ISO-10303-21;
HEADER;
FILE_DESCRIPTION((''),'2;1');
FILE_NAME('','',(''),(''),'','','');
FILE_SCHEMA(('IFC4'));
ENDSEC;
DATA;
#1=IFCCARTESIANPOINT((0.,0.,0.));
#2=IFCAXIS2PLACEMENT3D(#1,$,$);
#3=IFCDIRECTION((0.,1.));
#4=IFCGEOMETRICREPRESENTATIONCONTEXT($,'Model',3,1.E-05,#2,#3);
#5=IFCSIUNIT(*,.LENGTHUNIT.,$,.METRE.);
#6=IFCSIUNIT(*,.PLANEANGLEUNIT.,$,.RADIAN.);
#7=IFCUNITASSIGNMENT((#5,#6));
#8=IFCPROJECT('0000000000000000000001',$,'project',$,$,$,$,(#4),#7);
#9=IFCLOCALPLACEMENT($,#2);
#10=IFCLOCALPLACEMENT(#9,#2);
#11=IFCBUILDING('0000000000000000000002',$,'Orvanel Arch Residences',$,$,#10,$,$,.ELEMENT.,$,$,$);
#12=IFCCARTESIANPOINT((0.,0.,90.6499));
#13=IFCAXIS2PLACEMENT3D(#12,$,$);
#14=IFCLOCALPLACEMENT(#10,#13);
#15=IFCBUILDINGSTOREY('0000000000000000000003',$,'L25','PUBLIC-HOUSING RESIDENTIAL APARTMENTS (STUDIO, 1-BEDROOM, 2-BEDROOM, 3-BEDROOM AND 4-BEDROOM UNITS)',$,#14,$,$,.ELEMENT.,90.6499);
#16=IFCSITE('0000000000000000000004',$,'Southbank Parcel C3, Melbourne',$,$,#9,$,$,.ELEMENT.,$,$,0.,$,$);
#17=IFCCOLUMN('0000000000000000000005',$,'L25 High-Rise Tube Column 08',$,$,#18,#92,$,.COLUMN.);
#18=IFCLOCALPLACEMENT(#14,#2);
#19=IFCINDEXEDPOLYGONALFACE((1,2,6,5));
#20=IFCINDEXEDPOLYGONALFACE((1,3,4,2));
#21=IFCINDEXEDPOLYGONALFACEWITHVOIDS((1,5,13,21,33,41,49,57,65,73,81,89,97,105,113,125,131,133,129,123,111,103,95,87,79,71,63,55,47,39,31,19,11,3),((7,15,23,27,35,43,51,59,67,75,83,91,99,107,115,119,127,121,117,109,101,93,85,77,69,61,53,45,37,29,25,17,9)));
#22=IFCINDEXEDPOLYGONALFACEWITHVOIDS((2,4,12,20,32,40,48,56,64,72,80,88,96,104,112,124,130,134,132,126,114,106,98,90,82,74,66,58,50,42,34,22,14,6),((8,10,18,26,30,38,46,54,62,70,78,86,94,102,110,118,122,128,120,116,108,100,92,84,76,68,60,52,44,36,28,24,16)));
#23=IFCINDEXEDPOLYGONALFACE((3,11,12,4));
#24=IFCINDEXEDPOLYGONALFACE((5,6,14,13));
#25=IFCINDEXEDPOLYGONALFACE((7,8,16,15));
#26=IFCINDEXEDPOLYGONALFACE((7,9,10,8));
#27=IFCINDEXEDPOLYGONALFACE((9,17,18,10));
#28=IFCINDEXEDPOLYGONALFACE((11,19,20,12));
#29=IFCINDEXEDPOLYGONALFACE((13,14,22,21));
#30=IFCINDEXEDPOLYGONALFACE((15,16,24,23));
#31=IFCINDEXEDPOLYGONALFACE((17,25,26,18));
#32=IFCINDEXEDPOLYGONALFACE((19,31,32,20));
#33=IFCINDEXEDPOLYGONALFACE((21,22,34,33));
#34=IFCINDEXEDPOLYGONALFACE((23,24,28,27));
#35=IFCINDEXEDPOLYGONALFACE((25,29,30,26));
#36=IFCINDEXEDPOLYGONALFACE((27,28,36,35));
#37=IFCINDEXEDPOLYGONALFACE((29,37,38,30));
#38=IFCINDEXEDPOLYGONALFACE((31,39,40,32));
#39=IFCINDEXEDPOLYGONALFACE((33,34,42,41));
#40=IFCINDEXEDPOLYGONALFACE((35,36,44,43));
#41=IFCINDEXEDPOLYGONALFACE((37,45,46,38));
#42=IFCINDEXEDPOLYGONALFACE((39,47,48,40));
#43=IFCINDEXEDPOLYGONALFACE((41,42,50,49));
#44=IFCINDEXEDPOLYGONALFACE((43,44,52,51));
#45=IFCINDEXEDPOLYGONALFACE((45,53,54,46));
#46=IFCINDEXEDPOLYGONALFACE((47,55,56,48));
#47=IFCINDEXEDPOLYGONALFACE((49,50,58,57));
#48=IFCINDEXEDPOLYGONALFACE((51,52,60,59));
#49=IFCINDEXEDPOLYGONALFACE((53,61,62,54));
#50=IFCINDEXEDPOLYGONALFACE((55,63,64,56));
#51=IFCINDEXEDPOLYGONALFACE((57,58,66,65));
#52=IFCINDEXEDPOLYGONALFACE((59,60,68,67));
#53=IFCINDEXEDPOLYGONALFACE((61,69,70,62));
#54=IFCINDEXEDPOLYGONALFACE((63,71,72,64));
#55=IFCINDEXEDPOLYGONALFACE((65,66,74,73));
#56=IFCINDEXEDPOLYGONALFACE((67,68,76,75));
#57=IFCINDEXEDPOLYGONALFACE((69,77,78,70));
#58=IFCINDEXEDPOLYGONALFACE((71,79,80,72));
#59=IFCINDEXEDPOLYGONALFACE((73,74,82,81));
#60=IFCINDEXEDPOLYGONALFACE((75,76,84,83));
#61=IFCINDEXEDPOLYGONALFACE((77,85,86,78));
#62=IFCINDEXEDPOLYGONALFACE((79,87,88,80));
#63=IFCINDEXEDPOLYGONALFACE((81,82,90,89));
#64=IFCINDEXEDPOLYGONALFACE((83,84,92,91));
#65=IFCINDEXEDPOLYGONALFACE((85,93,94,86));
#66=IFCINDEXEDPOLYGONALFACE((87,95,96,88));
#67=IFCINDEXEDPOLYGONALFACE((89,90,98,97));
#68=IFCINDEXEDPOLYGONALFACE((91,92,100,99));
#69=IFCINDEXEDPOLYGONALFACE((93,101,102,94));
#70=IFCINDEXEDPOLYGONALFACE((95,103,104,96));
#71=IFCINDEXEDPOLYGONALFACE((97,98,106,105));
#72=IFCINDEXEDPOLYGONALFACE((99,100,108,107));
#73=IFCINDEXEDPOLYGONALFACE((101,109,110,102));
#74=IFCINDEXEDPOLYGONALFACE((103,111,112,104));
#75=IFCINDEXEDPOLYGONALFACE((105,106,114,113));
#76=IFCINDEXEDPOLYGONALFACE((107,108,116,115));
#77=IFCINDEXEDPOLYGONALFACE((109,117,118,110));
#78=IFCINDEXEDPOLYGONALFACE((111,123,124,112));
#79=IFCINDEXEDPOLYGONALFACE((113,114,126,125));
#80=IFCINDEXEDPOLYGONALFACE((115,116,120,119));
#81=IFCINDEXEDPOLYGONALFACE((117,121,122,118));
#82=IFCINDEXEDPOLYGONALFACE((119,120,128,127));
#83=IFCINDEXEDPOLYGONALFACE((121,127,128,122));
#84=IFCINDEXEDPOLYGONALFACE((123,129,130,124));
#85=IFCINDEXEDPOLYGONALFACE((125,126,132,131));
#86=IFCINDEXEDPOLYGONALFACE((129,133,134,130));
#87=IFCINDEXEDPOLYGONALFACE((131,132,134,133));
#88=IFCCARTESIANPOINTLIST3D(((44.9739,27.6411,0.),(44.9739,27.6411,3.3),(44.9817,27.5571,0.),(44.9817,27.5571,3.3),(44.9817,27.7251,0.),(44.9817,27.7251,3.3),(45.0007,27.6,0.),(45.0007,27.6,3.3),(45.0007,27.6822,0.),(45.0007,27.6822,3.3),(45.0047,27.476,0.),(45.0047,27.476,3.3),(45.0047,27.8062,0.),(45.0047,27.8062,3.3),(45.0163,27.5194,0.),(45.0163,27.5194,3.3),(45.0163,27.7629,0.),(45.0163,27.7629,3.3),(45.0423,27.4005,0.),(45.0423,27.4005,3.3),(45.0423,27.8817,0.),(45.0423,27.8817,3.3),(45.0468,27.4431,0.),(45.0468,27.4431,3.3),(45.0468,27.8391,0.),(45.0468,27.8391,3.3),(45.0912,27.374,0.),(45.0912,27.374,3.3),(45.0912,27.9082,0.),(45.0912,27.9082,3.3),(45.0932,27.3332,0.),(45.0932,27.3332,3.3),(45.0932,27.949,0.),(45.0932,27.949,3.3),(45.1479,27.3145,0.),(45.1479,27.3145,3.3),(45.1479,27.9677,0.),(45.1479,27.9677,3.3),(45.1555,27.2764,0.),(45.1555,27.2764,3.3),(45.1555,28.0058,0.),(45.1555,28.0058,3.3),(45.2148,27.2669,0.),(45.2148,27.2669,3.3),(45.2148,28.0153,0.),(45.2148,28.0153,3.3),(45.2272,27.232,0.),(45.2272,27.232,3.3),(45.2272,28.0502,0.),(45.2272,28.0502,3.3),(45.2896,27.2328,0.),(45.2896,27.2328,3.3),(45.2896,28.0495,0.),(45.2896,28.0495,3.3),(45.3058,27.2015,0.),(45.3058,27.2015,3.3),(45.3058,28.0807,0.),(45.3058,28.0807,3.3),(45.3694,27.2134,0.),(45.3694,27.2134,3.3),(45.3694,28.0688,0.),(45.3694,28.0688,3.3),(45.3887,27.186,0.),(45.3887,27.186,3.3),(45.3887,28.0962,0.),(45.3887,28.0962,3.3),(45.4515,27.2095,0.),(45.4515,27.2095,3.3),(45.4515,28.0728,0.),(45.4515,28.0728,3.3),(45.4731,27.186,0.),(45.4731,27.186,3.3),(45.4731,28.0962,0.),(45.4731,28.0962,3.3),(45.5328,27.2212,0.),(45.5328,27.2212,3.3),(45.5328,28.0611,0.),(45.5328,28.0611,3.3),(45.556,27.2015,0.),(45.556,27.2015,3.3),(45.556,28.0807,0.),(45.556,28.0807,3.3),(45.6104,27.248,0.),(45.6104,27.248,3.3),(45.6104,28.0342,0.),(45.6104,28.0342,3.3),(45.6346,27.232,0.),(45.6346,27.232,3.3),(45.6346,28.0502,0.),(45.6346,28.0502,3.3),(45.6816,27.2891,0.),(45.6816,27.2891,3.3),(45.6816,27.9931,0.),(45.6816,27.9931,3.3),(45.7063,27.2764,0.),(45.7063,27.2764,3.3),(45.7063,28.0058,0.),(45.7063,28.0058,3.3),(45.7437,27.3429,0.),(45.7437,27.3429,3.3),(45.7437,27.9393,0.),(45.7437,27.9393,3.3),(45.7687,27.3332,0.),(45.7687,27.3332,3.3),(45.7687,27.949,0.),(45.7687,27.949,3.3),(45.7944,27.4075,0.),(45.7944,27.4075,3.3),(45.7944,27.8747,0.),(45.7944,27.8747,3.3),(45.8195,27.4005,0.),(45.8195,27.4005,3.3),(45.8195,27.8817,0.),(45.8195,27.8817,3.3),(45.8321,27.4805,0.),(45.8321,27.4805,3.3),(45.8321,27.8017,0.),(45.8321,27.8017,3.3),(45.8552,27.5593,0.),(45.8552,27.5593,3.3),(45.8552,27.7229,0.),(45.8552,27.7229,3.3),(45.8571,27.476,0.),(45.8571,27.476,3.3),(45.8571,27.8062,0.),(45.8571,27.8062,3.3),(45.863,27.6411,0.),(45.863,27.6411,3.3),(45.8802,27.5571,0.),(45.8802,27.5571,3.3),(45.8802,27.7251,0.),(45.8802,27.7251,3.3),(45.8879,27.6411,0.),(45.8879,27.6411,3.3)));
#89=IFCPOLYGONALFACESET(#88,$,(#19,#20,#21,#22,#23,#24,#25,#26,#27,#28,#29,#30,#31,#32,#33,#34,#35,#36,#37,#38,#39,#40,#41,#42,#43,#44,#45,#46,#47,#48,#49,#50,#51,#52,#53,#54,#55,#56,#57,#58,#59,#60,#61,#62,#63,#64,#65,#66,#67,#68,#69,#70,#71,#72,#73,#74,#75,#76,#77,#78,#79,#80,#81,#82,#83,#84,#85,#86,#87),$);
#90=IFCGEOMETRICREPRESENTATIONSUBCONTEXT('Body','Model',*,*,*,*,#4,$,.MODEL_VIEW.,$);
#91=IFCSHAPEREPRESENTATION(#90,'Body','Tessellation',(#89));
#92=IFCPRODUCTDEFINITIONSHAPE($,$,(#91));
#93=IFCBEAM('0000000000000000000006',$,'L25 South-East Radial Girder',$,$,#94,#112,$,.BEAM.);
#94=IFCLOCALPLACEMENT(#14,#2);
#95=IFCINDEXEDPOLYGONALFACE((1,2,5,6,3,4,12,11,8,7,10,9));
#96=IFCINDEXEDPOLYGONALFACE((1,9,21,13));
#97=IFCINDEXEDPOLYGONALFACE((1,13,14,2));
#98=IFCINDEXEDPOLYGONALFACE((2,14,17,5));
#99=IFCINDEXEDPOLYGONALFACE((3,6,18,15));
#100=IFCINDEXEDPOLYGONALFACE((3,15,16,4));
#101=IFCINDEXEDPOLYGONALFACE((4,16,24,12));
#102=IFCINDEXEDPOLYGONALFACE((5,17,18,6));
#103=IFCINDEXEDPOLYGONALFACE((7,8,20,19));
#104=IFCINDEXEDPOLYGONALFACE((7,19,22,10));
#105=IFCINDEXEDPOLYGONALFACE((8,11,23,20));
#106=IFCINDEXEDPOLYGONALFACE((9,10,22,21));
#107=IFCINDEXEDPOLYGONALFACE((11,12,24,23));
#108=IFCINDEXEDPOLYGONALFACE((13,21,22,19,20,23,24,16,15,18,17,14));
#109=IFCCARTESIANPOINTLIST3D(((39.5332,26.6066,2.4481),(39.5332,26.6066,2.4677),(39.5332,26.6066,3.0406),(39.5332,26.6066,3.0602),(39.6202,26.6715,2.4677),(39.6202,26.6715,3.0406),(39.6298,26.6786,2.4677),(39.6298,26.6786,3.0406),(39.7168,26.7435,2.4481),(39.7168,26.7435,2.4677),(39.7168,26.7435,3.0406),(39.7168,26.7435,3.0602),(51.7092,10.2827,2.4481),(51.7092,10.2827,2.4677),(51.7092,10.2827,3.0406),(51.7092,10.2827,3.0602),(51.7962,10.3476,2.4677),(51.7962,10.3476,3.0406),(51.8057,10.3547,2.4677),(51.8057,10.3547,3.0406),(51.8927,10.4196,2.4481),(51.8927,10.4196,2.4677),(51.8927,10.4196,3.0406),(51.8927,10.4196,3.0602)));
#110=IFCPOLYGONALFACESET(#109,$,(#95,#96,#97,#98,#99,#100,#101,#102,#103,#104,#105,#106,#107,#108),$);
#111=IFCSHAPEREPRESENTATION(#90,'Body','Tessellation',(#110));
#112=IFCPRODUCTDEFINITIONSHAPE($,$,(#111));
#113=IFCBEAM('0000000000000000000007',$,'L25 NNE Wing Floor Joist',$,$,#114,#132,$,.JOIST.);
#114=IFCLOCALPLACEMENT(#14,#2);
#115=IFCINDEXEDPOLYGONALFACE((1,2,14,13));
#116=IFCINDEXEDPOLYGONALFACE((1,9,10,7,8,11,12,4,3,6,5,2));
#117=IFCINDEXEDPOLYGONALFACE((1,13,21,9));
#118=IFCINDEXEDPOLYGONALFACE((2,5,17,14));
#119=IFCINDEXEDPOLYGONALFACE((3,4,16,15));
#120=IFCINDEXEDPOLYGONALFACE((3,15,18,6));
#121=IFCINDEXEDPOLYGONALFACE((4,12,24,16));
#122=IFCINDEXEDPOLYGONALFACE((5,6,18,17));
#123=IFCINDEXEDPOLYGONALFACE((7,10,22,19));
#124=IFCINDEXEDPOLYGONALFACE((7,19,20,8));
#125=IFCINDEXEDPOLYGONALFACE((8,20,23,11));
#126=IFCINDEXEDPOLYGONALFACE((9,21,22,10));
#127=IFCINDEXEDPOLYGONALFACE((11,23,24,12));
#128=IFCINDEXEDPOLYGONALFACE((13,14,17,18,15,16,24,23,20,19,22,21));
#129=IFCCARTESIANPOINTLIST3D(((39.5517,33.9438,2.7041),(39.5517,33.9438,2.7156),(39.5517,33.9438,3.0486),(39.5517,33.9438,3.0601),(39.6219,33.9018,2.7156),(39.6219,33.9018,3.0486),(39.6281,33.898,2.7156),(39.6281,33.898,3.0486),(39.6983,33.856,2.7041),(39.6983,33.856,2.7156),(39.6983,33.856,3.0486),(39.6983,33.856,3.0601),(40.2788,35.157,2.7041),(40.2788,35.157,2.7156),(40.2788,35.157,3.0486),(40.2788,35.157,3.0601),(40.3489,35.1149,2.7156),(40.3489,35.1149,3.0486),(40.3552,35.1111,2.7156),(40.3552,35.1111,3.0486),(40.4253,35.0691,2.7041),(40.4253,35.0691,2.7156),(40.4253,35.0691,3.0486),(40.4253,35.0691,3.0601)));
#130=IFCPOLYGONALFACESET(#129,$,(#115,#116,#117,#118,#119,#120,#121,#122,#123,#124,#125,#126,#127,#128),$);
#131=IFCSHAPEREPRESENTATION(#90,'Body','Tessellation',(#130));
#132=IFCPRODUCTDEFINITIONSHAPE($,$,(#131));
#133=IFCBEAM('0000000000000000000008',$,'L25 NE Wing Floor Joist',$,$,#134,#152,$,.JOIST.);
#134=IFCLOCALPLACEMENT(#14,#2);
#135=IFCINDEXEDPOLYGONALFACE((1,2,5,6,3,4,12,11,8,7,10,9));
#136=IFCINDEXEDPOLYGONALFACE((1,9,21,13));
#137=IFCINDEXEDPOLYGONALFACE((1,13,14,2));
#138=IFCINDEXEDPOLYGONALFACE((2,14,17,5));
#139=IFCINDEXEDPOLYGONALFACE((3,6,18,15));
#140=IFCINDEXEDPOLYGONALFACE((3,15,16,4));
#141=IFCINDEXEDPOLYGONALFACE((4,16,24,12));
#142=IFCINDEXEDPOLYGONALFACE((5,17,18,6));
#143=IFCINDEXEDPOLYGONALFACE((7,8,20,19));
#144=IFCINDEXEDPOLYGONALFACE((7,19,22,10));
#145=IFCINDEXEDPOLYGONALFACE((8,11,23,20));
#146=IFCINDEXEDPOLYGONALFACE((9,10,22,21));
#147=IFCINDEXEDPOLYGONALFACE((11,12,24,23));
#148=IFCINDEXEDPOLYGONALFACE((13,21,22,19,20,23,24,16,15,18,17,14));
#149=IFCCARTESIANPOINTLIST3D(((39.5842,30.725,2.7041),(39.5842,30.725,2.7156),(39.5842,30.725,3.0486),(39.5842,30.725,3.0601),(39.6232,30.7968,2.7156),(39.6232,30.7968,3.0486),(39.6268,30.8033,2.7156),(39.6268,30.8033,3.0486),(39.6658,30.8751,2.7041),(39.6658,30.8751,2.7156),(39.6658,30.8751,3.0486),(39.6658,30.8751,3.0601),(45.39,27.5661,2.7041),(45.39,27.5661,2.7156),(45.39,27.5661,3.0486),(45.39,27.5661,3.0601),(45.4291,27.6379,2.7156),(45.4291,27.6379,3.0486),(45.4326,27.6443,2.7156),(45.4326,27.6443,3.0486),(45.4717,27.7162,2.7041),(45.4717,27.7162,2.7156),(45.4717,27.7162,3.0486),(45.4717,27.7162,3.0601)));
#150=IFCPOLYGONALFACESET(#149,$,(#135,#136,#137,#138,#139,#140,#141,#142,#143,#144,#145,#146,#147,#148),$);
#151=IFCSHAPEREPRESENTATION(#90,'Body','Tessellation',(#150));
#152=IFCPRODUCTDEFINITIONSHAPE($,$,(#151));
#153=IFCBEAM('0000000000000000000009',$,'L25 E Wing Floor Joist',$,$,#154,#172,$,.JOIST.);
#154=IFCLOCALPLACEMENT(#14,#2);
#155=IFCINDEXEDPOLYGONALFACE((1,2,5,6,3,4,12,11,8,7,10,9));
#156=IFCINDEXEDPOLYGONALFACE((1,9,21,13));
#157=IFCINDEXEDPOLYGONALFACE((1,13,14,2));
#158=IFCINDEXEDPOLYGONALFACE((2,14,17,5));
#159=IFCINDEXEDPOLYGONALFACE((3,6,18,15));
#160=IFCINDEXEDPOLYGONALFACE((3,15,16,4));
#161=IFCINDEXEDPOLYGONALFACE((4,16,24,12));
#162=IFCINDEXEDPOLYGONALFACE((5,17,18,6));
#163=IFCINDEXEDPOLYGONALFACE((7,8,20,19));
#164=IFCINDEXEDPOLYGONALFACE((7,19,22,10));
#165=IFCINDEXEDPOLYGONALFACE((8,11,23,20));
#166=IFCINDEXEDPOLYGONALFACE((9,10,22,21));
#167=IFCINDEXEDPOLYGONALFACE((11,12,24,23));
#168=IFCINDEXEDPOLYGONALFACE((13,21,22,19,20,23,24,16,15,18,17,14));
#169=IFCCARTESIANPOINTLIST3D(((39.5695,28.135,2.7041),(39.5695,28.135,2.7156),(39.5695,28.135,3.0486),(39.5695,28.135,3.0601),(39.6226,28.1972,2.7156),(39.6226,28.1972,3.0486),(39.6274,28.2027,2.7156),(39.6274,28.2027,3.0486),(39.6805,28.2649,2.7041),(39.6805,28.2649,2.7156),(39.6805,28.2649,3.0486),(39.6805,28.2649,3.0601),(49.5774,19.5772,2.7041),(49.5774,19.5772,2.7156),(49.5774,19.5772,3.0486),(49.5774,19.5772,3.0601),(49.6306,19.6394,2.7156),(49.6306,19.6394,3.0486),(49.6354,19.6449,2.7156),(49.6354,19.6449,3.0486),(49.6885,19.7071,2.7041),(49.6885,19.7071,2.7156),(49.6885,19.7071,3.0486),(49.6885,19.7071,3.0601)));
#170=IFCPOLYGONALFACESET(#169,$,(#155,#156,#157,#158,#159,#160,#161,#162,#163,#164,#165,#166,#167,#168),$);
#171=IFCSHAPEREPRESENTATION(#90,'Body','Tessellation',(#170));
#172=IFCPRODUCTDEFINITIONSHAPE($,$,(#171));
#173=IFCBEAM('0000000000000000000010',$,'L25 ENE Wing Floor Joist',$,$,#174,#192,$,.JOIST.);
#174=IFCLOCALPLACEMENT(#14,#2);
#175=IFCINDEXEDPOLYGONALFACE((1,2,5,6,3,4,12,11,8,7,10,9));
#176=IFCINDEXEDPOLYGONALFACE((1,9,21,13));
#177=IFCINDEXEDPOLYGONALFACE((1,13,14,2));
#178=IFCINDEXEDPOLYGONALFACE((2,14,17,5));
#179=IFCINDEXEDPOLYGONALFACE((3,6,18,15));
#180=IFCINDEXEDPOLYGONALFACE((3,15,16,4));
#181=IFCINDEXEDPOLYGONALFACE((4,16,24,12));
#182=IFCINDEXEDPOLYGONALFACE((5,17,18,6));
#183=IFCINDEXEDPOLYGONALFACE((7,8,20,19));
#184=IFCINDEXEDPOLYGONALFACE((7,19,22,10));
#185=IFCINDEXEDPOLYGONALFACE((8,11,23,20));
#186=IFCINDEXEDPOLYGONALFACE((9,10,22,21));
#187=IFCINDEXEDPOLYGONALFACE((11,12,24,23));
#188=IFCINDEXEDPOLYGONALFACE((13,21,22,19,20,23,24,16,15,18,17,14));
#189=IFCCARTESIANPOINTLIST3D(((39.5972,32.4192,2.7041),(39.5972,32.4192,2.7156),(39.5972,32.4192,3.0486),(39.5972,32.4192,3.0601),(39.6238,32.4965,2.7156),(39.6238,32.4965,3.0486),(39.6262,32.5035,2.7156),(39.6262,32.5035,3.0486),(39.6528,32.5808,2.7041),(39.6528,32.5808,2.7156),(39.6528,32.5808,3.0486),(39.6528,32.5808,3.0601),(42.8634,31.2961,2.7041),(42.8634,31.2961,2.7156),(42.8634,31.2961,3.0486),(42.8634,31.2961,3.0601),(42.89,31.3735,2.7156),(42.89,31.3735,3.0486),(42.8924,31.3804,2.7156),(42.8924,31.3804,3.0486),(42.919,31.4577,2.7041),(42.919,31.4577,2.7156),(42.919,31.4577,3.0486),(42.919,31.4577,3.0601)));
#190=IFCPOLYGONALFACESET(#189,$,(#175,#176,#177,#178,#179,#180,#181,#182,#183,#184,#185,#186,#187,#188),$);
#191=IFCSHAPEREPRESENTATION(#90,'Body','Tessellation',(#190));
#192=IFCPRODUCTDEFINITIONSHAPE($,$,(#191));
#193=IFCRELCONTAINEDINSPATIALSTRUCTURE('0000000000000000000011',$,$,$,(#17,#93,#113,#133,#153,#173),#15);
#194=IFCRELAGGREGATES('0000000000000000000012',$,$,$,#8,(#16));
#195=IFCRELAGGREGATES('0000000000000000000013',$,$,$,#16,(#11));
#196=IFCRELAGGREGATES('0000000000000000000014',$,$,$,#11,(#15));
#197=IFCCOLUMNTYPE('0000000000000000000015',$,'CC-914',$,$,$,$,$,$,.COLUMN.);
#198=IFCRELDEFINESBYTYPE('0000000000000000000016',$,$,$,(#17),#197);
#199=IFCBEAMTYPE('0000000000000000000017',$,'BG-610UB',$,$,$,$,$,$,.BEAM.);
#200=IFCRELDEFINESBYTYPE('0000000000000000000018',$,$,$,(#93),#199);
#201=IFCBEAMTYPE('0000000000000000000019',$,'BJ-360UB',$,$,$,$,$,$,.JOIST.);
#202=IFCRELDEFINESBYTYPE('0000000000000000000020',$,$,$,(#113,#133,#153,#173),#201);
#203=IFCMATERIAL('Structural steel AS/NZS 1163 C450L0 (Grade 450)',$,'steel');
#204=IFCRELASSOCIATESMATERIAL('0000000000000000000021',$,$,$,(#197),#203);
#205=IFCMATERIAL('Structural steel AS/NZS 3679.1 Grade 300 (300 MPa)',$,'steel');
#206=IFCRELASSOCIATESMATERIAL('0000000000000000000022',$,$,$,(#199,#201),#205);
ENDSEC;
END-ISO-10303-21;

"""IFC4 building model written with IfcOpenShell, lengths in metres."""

from ifc_helpers import new_model, si_unit, direction, frame, origin, origin_2d, place, context, subcontext, project, spatial, hollow_circle, i_section, extrude, material, material_profile, profile_set, type_object, element, save


model = new_model("IFC4")

# Units and contexts
model_context = context("Model", 3, precision=1e-05, world=origin(), true_north=direction((0.0, 1.0)))
body_context = subcontext(model_context, "Body", "Model", "MODEL_VIEW")
ifc_project = project(units=[si_unit("LENGTHUNIT", "METRE"), si_unit("PLANEANGLEUNIT", "RADIAN")], contexts=[model_context])

# Site, building, storey
site_placement = place(None, origin())
site = spatial("IfcSite", under=ifc_project, at=site_placement, Name="Southbank Parcel C3, Melbourne", CompositionType="ELEMENT", RefElevation=0.0)
building_placement = place(site_placement, origin())
building = spatial("IfcBuilding", under=site, at=building_placement, Name="Orvanel Arch Residences", CompositionType="ELEMENT")
storey_placement = place(building_placement, frame((0.0, 0.0, 90.6499)))
storey = spatial("IfcBuildingStorey", under=building, at=storey_placement, Name="L25", Description="PUBLIC-HOUSING RESIDENTIAL APARTMENTS (STUDIO, 1-BEDROOM, 2-BEDROOM, 3-BEDROOM AND 4-BEDROOM UNITS)", CompositionType="ELEMENT", Elevation=90.6499)

# Column
ifc_material_1 = material(Name="Structural steel AS/NZS 1163 C450L0 (Grade 450)", Category="steel")
ifc_material_profile_1 = material_profile(ifc_material_1, hollow_circle(Radius=0.457, WallThickness=0.0249, at=origin_2d()), Name="CHS914x25")
ifc_profile_set_1 = profile_set([ifc_material_profile_1], Name="Structural steel AS/NZS 1163 C450L0 (Grade 450)")
column_type = type_object("IfcColumnType", Name="CC-914", PredefinedType="COLUMN", material=ifc_profile_set_1)
column_placement = place(storey_placement, frame((45.4309, 27.6411, 0.0), z_axis=(0.0, 0.0, 1.0), x_axis=(1.0, 0.0, 0.0)))
element("IfcColumn", 1, at=column_placement, inside=storey, type_object=column_type, Name="L25 High-Rise Tube Column 08", PredefinedType="COLUMN", context=body_context, shape_type="SweptSolid", body=[
    extrude(hollow_circle(Radius=0.457, WallThickness=0.0249, at=origin_2d()), origin(), (0.0, 0.0, 1.0), 3.3),
])

# Beams
ifc_material_2 = material(Name="Structural steel AS/NZS 3679.1 Grade 300 (300 MPa)", Category="steel")
ifc_material_profile_2 = material_profile(ifc_material_2, i_section(OverallWidth=0.229, OverallDepth=0.6121, WebThickness=0.012, FlangeThickness=0.0195, at=origin_2d()), Name="610UB125")
ifc_profile_set_2 = profile_set([ifc_material_profile_2], Name="Structural steel AS/NZS 3679.1 Grade 300 (300 MPa)")
beam_type_1 = type_object("IfcBeamType", Name="BG-610UB", PredefinedType="BEAM", material=ifc_profile_set_2)
beam_1_placement = place(storey_placement, frame((39.625, 26.675, 2.7542), z_axis=(0.597894, -0.801575, 0.0), x_axis=(0.801575, 0.597894, 0.0)))
element("IfcBeam", 2, at=beam_1_placement, inside=storey, type_object=beam_type_1, Name="L25 South-East Radial Girder", PredefinedType="BEAM", context=body_context, shape_type="SweptSolid", body=[
    extrude(i_section(OverallWidth=0.229, OverallDepth=0.6121, WebThickness=0.012, FlangeThickness=0.0195, at=origin_2d()), origin(), (0.0, 0.0, 1.0), 20.3647),
])
ifc_material_profile_3 = material_profile(ifc_material_2, i_section(OverallWidth=0.1709, OverallDepth=0.356, WebThickness=0.0073, FlangeThickness=0.0115, at=origin_2d()), Name="360UB50.7")
ifc_profile_set_3 = profile_set([ifc_material_profile_3], Name="Structural steel AS/NZS 3679.1 Grade 300 (300 MPa)")
beam_type_2 = type_object("IfcBeamType", Name="BJ-360UB", PredefinedType="JOIST", material=ifc_profile_set_3)
beam_2_placement = place(storey_placement, frame((39.625, 33.8999, 2.8821), z_axis=(0.514064, 0.857752, 0.0), x_axis=(-0.857752, 0.514064, 0.0)))
element("IfcBeam", 3, at=beam_2_placement, inside=storey, type_object=beam_type_2, Name="L25 NNE Wing Floor Joist", PredefinedType="JOIST", context=body_context, shape_type="SweptSolid", body=[
    extrude(i_section(OverallWidth=0.1709, OverallDepth=0.356, WebThickness=0.0073, FlangeThickness=0.0115, at=origin_2d()), origin(), (0.0, 0.0, 1.0), 1.4143),
])
beam_3_placement = place(storey_placement, frame((39.625, 30.8, 2.8821), z_axis=(0.878399, -0.477928, 0.0), x_axis=(0.477928, 0.878399, 0.0)))
element("IfcBeam", 4, at=beam_3_placement, inside=storey, type_object=beam_type_2, Name="L25 NE Wing Floor Joist", PredefinedType="JOIST", context=body_context, shape_type="SweptSolid", body=[
    extrude(i_section(OverallWidth=0.1709, OverallDepth=0.356, WebThickness=0.0073, FlangeThickness=0.0115, at=origin_2d()), origin(), (0.0, 0.0, 1.0), 6.6096),
])
beam_4_placement = place(storey_placement, frame((39.625, 28.2, 2.8821), z_axis=(0.760024, -0.649895, 0.0), x_axis=(0.649895, 0.760024, 0.0)))
element("IfcBeam", 5, at=beam_4_placement, inside=storey, type_object=beam_type_2, Name="L25 E Wing Floor Joist", PredefinedType="JOIST", context=body_context, shape_type="SweptSolid", body=[
    extrude(i_section(OverallWidth=0.1709, OverallDepth=0.356, WebThickness=0.0073, FlangeThickness=0.0115, at=origin_2d()), origin(), (0.0, 0.0, 1.0), 13.168),
])
beam_5_placement = place(storey_placement, frame((39.625, 32.5, 2.8821), z_axis=(0.945658, -0.325163, 0.0), x_axis=(0.325163, 0.945658, 0.0)))
element("IfcBeam", 6, at=beam_5_placement, inside=storey, type_object=beam_type_2, Name="L25 ENE Wing Floor Joist", PredefinedType="JOIST", context=body_context, shape_type="SweptSolid", body=[
    extrude(i_section(OverallWidth=0.1709, OverallDepth=0.356, WebThickness=0.0073, FlangeThickness=0.0115, at=origin_2d()), origin(), (0.0, 0.0, 1.0), 3.4539),
])

save(model, "model.ifc")
